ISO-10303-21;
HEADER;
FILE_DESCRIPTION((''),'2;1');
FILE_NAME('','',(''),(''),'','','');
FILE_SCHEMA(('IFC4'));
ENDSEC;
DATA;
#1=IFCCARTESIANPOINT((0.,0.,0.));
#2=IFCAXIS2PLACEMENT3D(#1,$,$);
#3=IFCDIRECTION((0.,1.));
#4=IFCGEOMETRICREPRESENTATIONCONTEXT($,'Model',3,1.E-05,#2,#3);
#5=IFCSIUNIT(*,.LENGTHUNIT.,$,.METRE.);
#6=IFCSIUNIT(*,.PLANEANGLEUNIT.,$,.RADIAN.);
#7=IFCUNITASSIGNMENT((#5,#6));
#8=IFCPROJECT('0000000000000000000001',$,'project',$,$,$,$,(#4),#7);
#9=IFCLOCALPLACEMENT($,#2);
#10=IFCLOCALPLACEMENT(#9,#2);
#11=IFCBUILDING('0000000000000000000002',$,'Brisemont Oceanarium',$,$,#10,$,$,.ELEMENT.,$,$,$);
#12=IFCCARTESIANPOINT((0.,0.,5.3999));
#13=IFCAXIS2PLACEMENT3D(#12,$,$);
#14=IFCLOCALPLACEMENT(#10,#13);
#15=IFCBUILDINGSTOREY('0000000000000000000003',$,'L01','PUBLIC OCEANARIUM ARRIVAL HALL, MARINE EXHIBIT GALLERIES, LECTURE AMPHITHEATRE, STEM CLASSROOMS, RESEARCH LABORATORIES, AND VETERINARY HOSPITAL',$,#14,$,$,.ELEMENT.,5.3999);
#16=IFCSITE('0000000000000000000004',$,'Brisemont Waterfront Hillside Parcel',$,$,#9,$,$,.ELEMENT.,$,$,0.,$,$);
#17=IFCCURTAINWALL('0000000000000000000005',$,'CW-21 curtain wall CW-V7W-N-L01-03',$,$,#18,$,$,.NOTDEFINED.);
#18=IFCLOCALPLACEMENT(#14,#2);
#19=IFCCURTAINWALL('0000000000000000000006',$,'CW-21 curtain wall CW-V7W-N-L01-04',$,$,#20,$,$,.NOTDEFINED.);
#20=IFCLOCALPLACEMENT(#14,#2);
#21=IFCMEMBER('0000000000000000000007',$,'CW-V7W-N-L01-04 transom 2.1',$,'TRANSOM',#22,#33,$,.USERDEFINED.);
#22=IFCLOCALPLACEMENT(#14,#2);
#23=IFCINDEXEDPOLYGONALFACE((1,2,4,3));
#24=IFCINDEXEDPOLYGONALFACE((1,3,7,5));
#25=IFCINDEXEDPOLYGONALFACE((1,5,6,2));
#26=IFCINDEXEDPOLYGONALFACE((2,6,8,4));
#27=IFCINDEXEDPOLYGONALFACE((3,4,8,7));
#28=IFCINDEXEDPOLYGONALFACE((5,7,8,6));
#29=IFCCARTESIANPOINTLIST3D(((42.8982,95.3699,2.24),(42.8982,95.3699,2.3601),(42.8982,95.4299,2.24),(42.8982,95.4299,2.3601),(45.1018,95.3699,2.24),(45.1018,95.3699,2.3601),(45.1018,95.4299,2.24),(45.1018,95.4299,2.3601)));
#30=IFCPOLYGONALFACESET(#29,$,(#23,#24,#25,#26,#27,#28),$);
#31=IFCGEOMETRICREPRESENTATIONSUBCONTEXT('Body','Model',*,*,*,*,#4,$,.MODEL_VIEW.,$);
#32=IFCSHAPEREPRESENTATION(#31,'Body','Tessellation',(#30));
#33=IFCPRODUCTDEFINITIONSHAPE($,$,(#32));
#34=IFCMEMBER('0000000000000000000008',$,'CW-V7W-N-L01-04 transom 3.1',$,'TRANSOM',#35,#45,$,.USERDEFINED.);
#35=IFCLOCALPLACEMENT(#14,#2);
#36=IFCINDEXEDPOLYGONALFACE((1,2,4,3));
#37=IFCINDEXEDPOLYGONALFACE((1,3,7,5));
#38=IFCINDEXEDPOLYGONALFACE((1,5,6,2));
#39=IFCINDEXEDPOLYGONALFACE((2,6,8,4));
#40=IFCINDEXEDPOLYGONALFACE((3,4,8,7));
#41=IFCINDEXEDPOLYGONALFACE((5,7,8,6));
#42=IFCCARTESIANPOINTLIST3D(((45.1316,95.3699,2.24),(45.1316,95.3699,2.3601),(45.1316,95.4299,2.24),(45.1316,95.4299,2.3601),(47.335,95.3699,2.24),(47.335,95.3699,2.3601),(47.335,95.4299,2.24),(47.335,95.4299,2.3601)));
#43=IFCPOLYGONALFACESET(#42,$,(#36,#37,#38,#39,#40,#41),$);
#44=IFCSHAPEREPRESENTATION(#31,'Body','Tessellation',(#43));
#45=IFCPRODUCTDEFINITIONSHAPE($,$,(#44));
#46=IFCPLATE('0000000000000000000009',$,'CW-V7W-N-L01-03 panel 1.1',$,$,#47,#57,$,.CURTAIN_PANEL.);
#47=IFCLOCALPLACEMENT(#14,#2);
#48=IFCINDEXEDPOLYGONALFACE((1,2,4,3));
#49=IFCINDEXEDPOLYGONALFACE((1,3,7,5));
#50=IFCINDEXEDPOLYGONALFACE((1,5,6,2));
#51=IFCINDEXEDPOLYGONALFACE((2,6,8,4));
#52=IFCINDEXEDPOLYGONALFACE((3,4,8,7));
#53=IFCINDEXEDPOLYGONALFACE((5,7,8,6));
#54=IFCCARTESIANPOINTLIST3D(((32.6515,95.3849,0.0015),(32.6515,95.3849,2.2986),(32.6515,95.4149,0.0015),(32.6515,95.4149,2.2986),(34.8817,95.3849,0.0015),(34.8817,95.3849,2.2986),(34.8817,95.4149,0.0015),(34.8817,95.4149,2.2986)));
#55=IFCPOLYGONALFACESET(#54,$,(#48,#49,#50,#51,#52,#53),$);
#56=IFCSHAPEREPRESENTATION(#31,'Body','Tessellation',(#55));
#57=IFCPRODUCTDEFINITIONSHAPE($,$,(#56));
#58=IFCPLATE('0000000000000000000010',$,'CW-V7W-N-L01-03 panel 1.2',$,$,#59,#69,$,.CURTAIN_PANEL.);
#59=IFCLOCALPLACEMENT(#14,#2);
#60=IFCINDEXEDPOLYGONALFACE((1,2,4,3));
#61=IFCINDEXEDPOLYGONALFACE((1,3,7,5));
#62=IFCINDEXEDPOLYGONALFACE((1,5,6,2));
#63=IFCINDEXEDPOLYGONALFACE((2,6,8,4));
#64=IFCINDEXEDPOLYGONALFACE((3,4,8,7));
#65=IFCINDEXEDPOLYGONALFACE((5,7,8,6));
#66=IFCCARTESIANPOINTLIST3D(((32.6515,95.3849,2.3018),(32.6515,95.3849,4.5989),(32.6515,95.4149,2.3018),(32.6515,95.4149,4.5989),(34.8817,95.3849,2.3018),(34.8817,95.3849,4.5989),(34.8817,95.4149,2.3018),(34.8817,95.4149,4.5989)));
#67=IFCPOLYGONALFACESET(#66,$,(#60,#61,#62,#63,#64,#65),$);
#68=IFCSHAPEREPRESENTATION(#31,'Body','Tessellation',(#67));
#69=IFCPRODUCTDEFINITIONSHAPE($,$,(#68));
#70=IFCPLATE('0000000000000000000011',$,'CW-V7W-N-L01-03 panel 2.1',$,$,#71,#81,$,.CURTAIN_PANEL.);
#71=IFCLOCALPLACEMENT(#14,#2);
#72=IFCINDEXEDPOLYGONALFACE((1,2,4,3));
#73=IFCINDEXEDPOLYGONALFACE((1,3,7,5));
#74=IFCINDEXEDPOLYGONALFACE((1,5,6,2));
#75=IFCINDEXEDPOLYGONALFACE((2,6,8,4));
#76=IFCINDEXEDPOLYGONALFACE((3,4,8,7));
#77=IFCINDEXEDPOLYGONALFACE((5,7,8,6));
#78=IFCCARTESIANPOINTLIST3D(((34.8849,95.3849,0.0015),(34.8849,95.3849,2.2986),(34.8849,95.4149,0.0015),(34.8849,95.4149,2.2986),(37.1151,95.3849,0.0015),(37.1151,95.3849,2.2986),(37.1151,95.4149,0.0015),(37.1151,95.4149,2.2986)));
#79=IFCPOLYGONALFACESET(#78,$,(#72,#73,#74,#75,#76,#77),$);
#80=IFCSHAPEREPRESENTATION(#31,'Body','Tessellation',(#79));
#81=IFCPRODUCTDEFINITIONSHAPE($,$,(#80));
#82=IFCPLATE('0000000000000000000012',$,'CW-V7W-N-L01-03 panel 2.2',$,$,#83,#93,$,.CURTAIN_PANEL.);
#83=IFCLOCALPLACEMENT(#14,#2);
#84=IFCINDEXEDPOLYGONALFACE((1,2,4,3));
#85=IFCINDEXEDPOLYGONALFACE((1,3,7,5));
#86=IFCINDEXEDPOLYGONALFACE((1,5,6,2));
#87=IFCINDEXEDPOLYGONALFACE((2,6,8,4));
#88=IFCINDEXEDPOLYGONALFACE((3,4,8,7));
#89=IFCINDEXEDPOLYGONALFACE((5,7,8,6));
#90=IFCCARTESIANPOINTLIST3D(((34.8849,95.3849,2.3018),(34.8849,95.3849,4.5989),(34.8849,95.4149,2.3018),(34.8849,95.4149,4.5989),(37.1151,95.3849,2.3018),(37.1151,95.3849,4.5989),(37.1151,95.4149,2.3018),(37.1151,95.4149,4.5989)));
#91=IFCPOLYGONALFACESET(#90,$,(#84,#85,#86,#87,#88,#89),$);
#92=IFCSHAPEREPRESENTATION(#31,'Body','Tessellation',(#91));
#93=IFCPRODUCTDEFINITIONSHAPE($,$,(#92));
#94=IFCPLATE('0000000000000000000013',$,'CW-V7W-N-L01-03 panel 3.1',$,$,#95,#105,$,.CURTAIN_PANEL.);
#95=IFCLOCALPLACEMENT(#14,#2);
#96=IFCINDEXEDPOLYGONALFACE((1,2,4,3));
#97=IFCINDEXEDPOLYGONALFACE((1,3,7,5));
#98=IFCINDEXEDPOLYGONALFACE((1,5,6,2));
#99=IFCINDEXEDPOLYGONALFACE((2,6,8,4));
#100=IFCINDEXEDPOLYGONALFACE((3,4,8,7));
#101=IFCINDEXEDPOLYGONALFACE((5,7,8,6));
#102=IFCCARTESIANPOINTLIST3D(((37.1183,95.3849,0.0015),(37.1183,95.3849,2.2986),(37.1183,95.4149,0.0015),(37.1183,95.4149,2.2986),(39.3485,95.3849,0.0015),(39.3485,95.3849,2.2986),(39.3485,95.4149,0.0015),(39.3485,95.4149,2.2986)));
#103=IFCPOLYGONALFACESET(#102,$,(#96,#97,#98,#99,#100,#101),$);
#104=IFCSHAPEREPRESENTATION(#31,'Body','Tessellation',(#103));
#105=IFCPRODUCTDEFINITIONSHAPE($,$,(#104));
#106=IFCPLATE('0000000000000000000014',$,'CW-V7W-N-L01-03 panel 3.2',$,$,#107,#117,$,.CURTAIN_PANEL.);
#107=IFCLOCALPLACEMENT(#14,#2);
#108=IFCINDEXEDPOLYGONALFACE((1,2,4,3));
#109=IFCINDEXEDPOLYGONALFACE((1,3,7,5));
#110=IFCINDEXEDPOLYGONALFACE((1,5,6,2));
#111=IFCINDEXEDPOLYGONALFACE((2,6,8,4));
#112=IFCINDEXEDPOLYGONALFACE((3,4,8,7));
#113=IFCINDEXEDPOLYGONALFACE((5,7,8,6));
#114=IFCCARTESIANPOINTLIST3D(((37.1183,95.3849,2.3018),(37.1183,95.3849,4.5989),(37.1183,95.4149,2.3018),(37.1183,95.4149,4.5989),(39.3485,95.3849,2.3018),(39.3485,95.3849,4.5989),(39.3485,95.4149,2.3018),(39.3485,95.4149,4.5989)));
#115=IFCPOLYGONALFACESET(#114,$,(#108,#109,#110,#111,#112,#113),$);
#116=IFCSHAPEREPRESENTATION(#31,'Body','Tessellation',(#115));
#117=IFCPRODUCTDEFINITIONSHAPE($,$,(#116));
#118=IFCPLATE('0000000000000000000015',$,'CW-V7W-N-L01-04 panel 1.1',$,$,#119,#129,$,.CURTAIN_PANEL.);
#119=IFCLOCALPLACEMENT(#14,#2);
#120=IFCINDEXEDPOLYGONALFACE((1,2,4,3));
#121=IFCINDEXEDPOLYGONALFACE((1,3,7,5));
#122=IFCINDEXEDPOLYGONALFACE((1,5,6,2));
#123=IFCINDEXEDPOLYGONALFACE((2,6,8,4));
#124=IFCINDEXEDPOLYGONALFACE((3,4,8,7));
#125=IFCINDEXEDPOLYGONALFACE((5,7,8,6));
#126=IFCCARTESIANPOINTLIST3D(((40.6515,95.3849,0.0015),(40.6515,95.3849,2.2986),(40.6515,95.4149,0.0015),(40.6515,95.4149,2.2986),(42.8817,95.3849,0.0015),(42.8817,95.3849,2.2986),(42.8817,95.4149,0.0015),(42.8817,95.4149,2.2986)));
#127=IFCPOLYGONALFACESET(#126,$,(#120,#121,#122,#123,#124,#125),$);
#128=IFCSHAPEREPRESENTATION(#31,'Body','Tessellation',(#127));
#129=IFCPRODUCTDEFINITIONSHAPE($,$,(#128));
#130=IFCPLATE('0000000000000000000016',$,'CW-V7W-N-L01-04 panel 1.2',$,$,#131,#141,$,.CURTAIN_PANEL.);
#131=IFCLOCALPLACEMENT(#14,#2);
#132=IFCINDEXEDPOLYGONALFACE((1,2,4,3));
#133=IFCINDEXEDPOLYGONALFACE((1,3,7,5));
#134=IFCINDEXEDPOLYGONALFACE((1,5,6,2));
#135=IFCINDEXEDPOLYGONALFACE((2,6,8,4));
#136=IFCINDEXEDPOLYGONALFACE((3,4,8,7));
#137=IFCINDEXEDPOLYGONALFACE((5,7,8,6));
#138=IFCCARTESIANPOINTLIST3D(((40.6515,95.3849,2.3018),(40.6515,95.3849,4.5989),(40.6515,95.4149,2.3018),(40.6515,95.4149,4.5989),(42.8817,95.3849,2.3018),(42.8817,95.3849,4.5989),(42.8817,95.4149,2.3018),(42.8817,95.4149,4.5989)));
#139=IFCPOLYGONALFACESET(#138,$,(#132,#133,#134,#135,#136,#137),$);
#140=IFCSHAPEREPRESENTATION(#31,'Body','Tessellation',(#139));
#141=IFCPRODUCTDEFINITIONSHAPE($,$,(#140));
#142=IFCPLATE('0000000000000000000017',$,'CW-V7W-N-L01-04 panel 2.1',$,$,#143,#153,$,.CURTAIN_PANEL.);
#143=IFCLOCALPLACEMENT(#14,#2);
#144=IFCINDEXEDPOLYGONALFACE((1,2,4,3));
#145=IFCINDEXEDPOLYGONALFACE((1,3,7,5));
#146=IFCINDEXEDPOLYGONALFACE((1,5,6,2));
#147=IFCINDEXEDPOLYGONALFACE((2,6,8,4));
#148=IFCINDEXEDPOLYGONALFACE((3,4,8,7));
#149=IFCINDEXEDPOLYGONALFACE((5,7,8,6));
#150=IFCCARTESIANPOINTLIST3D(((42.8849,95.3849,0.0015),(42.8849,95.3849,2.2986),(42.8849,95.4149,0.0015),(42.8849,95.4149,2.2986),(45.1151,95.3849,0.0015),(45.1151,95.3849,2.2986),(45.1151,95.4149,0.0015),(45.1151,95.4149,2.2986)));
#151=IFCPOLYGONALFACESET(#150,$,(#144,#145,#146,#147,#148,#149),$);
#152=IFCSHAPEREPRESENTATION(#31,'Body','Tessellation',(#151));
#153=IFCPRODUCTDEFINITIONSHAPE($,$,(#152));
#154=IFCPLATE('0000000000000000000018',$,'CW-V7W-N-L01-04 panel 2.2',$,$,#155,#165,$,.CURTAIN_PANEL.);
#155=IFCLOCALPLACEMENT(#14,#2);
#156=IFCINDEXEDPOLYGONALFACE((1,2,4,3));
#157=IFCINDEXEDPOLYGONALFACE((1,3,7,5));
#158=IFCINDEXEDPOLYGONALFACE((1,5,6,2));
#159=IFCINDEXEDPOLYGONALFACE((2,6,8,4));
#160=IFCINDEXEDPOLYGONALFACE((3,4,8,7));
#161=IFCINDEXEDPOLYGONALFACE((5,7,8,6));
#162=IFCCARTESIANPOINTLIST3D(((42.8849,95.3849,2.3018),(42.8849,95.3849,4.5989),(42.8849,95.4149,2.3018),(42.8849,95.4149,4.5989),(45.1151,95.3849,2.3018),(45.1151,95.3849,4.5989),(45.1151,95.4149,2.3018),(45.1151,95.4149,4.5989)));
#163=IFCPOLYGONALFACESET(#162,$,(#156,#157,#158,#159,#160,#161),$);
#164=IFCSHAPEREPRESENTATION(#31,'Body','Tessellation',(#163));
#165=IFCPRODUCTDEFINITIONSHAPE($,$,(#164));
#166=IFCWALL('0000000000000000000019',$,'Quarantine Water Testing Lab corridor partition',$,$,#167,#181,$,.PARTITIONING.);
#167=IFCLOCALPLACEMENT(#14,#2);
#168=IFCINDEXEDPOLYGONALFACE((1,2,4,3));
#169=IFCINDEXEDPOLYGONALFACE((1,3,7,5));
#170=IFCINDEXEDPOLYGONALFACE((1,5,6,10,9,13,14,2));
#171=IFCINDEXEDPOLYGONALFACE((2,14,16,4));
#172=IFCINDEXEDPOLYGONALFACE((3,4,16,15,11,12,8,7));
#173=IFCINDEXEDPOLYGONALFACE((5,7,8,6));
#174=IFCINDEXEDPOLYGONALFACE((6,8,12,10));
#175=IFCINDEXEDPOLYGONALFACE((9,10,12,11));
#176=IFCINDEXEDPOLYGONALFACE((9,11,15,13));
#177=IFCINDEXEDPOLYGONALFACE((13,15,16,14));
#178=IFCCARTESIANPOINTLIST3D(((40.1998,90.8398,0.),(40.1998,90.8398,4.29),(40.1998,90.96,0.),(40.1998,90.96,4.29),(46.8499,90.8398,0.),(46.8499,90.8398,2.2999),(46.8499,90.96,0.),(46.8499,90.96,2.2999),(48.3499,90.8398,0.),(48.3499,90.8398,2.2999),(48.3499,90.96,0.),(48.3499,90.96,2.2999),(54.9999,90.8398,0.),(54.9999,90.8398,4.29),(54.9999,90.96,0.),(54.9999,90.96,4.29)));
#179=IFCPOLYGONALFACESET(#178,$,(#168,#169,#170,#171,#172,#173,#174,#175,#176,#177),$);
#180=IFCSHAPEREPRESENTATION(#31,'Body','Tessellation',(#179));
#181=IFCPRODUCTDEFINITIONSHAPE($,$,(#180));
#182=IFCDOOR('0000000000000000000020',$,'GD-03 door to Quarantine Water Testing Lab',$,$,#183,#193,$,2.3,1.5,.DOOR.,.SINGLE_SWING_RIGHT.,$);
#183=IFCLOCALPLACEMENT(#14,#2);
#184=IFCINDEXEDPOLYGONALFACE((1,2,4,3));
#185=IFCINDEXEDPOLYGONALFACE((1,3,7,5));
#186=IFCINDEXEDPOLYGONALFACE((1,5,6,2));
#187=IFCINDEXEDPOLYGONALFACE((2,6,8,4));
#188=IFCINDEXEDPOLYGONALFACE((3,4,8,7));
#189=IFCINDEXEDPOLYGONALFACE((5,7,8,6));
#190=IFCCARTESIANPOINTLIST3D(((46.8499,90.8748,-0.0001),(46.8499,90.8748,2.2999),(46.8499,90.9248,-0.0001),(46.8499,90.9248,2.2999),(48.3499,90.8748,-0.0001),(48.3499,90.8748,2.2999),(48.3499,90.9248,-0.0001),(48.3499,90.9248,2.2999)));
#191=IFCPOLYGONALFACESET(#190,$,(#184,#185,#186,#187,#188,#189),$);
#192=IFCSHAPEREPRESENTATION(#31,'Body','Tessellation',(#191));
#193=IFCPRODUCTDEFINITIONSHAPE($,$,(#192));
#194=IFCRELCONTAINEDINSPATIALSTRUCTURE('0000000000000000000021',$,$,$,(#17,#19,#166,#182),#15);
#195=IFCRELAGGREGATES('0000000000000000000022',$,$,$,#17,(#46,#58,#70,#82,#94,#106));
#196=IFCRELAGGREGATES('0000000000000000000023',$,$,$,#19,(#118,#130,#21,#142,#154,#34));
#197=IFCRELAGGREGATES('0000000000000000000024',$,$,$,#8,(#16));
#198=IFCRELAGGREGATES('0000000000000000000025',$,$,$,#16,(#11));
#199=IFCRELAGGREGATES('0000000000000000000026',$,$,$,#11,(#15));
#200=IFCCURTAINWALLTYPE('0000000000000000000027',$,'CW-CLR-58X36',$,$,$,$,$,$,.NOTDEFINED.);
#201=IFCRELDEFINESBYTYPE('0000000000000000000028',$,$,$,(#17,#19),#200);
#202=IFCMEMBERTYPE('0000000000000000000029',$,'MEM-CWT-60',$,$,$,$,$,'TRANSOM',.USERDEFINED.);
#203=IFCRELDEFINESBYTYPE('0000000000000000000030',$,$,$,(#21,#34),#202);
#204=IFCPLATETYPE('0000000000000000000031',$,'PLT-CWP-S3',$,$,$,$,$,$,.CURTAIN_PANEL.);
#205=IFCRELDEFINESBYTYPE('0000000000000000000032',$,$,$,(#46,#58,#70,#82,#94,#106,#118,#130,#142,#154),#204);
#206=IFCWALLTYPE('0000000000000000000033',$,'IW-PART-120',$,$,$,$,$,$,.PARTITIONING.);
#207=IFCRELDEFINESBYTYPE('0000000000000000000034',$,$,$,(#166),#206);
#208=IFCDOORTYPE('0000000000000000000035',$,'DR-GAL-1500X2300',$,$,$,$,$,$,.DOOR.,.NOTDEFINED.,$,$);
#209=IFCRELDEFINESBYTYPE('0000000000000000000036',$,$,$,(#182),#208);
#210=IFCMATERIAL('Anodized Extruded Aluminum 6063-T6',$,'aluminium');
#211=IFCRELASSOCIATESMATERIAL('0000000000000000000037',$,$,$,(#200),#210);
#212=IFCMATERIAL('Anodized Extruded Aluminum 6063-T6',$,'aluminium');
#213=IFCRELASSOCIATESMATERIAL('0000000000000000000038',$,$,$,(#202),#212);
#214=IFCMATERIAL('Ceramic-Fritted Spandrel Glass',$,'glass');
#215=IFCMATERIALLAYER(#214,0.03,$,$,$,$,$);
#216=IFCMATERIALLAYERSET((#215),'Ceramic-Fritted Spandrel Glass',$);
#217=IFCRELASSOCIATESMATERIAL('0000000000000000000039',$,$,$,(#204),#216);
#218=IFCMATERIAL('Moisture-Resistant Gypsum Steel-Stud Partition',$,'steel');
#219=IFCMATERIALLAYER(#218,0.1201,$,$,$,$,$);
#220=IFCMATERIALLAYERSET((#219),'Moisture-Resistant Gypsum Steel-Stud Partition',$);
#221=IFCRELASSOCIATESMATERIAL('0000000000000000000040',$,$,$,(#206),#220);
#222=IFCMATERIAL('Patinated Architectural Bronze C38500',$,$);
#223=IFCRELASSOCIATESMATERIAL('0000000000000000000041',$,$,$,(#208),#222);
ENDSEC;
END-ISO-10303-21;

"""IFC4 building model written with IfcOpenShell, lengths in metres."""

from ifc_helpers import new_model, si_unit, direction, frame, frame_2d, origin, origin_2d, place, context, subcontext, project, spatial, rectangle, extrude, material, layer, layer_set, material_profile, profile_set, type_object, element, fill, aggregate, save


model = new_model("IFC4")

# Units and contexts
model_context = context("Model", 3, precision=1e-05, world=origin(), true_north=direction((0.0, 1.0)))
body_context = subcontext(model_context, "Body", "Model", "MODEL_VIEW")
ifc_project = project(units=[si_unit("LENGTHUNIT", "METRE"), si_unit("PLANEANGLEUNIT", "RADIAN")], contexts=[model_context])

# Site, building, storey
site_placement = place(None, origin())
site = spatial("IfcSite", under=ifc_project, at=site_placement, Name="Brisemont Waterfront Hillside Parcel", CompositionType="ELEMENT", RefElevation=0.0)
building_placement = place(site_placement, origin())
building = spatial("IfcBuilding", under=site, at=building_placement, Name="Brisemont Oceanarium", CompositionType="ELEMENT")
storey_placement = place(building_placement, frame((0.0, 0.0, 5.3999)))
storey = spatial("IfcBuildingStorey", under=building, at=storey_placement, Name="L01", Description="PUBLIC OCEANARIUM ARRIVAL HALL, MARINE EXHIBIT GALLERIES, LECTURE AMPHITHEATRE, STEM CLASSROOMS, RESEARCH LABORATORIES, AND VETERINARY HOSPITAL", CompositionType="ELEMENT", Elevation=5.3999)

# Curtain walls
ifc_material_1 = material(Name="Anodized Extruded Aluminum 6063-T6", Category="aluminium")
curtain_wall_type = type_object("IfcCurtainWallType", Name="CW-CLR-58X36", PredefinedType="NOTDEFINED", material=ifc_material_1)
curtain_wall_1_placement = place(storey_placement, origin())
curtain_wall_1 = element("IfcCurtainWall", 1, at=curtain_wall_1_placement, inside=storey, type_object=curtain_wall_type, Name="CW-21 curtain wall CW-V7W-N-L01-03", PredefinedType="NOTDEFINED")
curtain_wall_2_placement = place(storey_placement, origin())
curtain_wall_2 = element("IfcCurtainWall", 2, at=curtain_wall_2_placement, inside=storey, type_object=curtain_wall_type, Name="CW-21 curtain wall CW-V7W-N-L01-04", PredefinedType="NOTDEFINED")

# Members
ifc_material_2 = material(Name="Anodized Extruded Aluminum 6063-T6", Category="aluminium")
ifc_material_profile_1 = material_profile(ifc_material_2, rectangle(XDim=0.0601, YDim=0.1201, at=origin_2d()), Name="CWT-60X120")
ifc_profile_set_1 = profile_set([ifc_material_profile_1], Name="Anodized Extruded Aluminum 6063-T6")
member_type_1 = type_object("IfcMemberType", Name="MEM-CWT-60", ElementType="TRANSOM", PredefinedType="USERDEFINED", material=ifc_profile_set_1)
member_1_placement = place(storey_placement, frame((42.8982, 95.3999, 2.3), z_axis=(1.0, 0.0, 0.0), x_axis=(0.0, 1.0, 0.0)))
member_1 = element("IfcMember", 3, at=member_1_placement, type_object=member_type_1, Name="CW-V7W-N-L01-04 transom 2.1", ObjectType="TRANSOM", PredefinedType="USERDEFINED", context=body_context, shape_type="SweptSolid", body=[
    extrude(rectangle(XDim=0.0601, YDim=0.1201, at=origin_2d()), origin(), (0.0, 0.0, 1.0), 2.2036),
])
member_2_placement = place(storey_placement, frame((45.1316, 95.3999, 2.3), z_axis=(1.0, 0.0, 0.0), x_axis=(0.0, 1.0, 0.0)))
member_2 = element("IfcMember", 4, at=member_2_placement, type_object=member_type_1, Name="CW-V7W-N-L01-04 transom 3.1", ObjectType="TRANSOM", PredefinedType="USERDEFINED", context=body_context, shape_type="SweptSolid", body=[
    extrude(rectangle(XDim=0.0601, YDim=0.1201, at=origin_2d()), origin(), (0.0, 0.0, 1.0), 2.2034),
])

# Plates
ifc_material_3 = material(Name="Ceramic-Fritted Spandrel Glass", Category="glass")
ifc_layer_1 = layer(ifc_material_3, 0.03)
ifc_layer_set_1 = layer_set([ifc_layer_1], Name="Ceramic-Fritted Spandrel Glass")
plate_type = type_object("IfcPlateType", Name="PLT-CWP-S3", PredefinedType="CURTAIN_PANEL", material=ifc_layer_set_1)
plate_1_placement = place(storey_placement, frame((33.7666, 95.3999, 0.0015), z_axis=(0.0, 0.0, 1.0), x_axis=(1.0, 0.0, 0.0)))
plate_1 = element("IfcPlate", 5, at=plate_1_placement, type_object=plate_type, Name="CW-V7W-N-L01-03 panel 1.1", PredefinedType="CURTAIN_PANEL", context=body_context, shape_type="SweptSolid", body=[
    extrude(rectangle(XDim=2.2302, YDim=0.03, at=origin_2d()), origin(), (0.0, 0.0, 1.0), 2.2971),
])
plate_2_placement = place(storey_placement, frame((33.7666, 95.3999, 2.3018), z_axis=(0.0, 0.0, 1.0), x_axis=(1.0, 0.0, 0.0)))
plate_2 = element("IfcPlate", 6, at=plate_2_placement, type_object=plate_type, Name="CW-V7W-N-L01-03 panel 1.2", PredefinedType="CURTAIN_PANEL", context=body_context, shape_type="SweptSolid", body=[
    extrude(rectangle(XDim=2.2302, YDim=0.03, at=origin_2d()), origin(), (0.0, 0.0, 1.0), 2.2971),
])
plate_3_placement = place(storey_placement, frame((36.0, 95.3999, 0.0015), z_axis=(0.0, 0.0, 1.0), x_axis=(1.0, 0.0, 0.0)))
plate_3 = element("IfcPlate", 7, at=plate_3_placement, type_object=plate_type, Name="CW-V7W-N-L01-03 panel 2.1", PredefinedType="CURTAIN_PANEL", context=body_context, shape_type="SweptSolid", body=[
    extrude(rectangle(XDim=2.2302, YDim=0.03, at=origin_2d()), origin(), (0.0, 0.0, 1.0), 2.2971),
])
plate_4_placement = place(storey_placement, frame((36.0, 95.3999, 2.3018), z_axis=(0.0, 0.0, 1.0), x_axis=(1.0, 0.0, 0.0)))
plate_4 = element("IfcPlate", 8, at=plate_4_placement, type_object=plate_type, Name="CW-V7W-N-L01-03 panel 2.2", PredefinedType="CURTAIN_PANEL", context=body_context, shape_type="SweptSolid", body=[
    extrude(rectangle(XDim=2.2302, YDim=0.03, at=origin_2d()), origin(), (0.0, 0.0, 1.0), 2.2971),
])
plate_5_placement = place(storey_placement, frame((38.2334, 95.3999, 0.0015), z_axis=(0.0, 0.0, 1.0), x_axis=(1.0, 0.0, 0.0)))
plate_5 = element("IfcPlate", 9, at=plate_5_placement, type_object=plate_type, Name="CW-V7W-N-L01-03 panel 3.1", PredefinedType="CURTAIN_PANEL", context=body_context, shape_type="SweptSolid", body=[
    extrude(rectangle(XDim=2.2302, YDim=0.03, at=origin_2d()), origin(), (0.0, 0.0, 1.0), 2.2971),
])
plate_6_placement = place(storey_placement, frame((38.2334, 95.3999, 2.3018), z_axis=(0.0, 0.0, 1.0), x_axis=(1.0, 0.0, 0.0)))
plate_6 = element("IfcPlate", 10, at=plate_6_placement, type_object=plate_type, Name="CW-V7W-N-L01-03 panel 3.2", PredefinedType="CURTAIN_PANEL", context=body_context, shape_type="SweptSolid", body=[
    extrude(rectangle(XDim=2.2302, YDim=0.03, at=origin_2d()), origin(), (0.0, 0.0, 1.0), 2.2971),
])
aggregate(curtain_wall_1, [plate_1, plate_2, plate_3, plate_4, plate_5, plate_6])
plate_7_placement = place(storey_placement, frame((41.7666, 95.3999, 0.0015), z_axis=(0.0, 0.0, 1.0), x_axis=(1.0, 0.0, 0.0)))
plate_7 = element("IfcPlate", 11, at=plate_7_placement, type_object=plate_type, Name="CW-V7W-N-L01-04 panel 1.1", PredefinedType="CURTAIN_PANEL", context=body_context, shape_type="SweptSolid", body=[
    extrude(rectangle(XDim=2.2302, YDim=0.03, at=origin_2d()), origin(), (0.0, 0.0, 1.0), 2.2971),
])
plate_8_placement = place(storey_placement, frame((41.7666, 95.3999, 2.3018), z_axis=(0.0, 0.0, 1.0), x_axis=(1.0, 0.0, 0.0)))
plate_8 = element("IfcPlate", 12, at=plate_8_placement, type_object=plate_type, Name="CW-V7W-N-L01-04 panel 1.2", PredefinedType="CURTAIN_PANEL", context=body_context, shape_type="SweptSolid", body=[
    extrude(rectangle(XDim=2.2302, YDim=0.03, at=origin_2d()), origin(), (0.0, 0.0, 1.0), 2.2971),
])
plate_9_placement = place(storey_placement, frame((44.0, 95.3999, 0.0015), z_axis=(0.0, 0.0, 1.0), x_axis=(1.0, 0.0, 0.0)))
plate_9 = element("IfcPlate", 13, at=plate_9_placement, type_object=plate_type, Name="CW-V7W-N-L01-04 panel 2.1", PredefinedType="CURTAIN_PANEL", context=body_context, shape_type="SweptSolid", body=[
    extrude(rectangle(XDim=2.2302, YDim=0.03, at=origin_2d()), origin(), (0.0, 0.0, 1.0), 2.2971),
])
plate_10_placement = place(storey_placement, frame((44.0, 95.3999, 2.3018), z_axis=(0.0, 0.0, 1.0), x_axis=(1.0, 0.0, 0.0)))
plate_10 = element("IfcPlate", 14, at=plate_10_placement, type_object=plate_type, Name="CW-V7W-N-L01-04 panel 2.2", PredefinedType="CURTAIN_PANEL", context=body_context, shape_type="SweptSolid", body=[
    extrude(rectangle(XDim=2.2302, YDim=0.03, at=origin_2d()), origin(), (0.0, 0.0, 1.0), 2.2971),
])
aggregate(curtain_wall_2, [plate_7, plate_8, member_1, plate_9, plate_10, member_2])

# Wall, opening, door
ifc_material_4 = material(Name="Moisture-Resistant Gypsum Steel-Stud Partition", Category="steel")
ifc_layer_2 = layer(ifc_material_4, 0.1201)
ifc_layer_set_2 = layer_set([ifc_layer_2], Name="Moisture-Resistant Gypsum Steel-Stud Partition")
wall_type = type_object("IfcWallType", Name="IW-PART-120", PredefinedType="PARTITIONING", material=ifc_layer_set_2)
wall_placement = place(storey_placement, frame((40.2, 90.8999, 0.0), z_axis=(0.0, 0.0, 1.0), x_axis=(1.0, 0.0, 0.0)))
wall = element("IfcWall", 15, at=wall_placement, inside=storey, type_object=wall_type, Name="Quarantine Water Testing Lab corridor partition", PredefinedType="PARTITIONING", context=body_context, shape_type="SweptSolid", body=[
    extrude(rectangle(XDim=14.8, YDim=0.1201, at=frame_2d((7.3999, 0.0))), origin(), (0.0, 0.0, 1.0), 4.29),
])
opening_placement = place(wall_placement, frame((6.6499, 0.0, 0.0)))
opening = element("IfcOpeningElement", 16, at=opening_placement, cuts=wall, PredefinedType="OPENING", context=body_context, shape_type="SweptSolid", body=[
    extrude(rectangle(XDim=1.5, YDim=2.3, at=frame_2d((0.75, 1.1499))), frame((0.0, 0.0701, 0.0), z_axis=(0.0, -1.0, 0.0), x_axis=(1.0, 0.0, 0.0)), (0.0, 0.0, 1.0), 0.1401),
])
ifc_material_5 = material(Name="Patinated Architectural Bronze C38500")
door_type = type_object("IfcDoorType", Name="DR-GAL-1500X2300", OperationType="NOTDEFINED", PredefinedType="DOOR", material=ifc_material_5)
door_placement = place(opening_placement, origin())
door = element("IfcDoor", 17, at=door_placement, inside=storey, type_object=door_type, Name="GD-03 door to Quarantine Water Testing Lab", OperationType="SINGLE_SWING_RIGHT", OverallHeight=2.3, OverallWidth=1.5, PredefinedType="DOOR", context=body_context, shape_type="SweptSolid", body=[
    extrude(rectangle(XDim=1.5, YDim=2.3, at=frame_2d((0.75, 1.1499))), frame((0.0, 0.0249, 0.0), z_axis=(0.0, -1.0, 0.0), x_axis=(1.0, 0.0, 0.0)), (0.0, 0.0, 1.0), 0.05),
])
fill(opening, door)

save(model, "model.ifc")
